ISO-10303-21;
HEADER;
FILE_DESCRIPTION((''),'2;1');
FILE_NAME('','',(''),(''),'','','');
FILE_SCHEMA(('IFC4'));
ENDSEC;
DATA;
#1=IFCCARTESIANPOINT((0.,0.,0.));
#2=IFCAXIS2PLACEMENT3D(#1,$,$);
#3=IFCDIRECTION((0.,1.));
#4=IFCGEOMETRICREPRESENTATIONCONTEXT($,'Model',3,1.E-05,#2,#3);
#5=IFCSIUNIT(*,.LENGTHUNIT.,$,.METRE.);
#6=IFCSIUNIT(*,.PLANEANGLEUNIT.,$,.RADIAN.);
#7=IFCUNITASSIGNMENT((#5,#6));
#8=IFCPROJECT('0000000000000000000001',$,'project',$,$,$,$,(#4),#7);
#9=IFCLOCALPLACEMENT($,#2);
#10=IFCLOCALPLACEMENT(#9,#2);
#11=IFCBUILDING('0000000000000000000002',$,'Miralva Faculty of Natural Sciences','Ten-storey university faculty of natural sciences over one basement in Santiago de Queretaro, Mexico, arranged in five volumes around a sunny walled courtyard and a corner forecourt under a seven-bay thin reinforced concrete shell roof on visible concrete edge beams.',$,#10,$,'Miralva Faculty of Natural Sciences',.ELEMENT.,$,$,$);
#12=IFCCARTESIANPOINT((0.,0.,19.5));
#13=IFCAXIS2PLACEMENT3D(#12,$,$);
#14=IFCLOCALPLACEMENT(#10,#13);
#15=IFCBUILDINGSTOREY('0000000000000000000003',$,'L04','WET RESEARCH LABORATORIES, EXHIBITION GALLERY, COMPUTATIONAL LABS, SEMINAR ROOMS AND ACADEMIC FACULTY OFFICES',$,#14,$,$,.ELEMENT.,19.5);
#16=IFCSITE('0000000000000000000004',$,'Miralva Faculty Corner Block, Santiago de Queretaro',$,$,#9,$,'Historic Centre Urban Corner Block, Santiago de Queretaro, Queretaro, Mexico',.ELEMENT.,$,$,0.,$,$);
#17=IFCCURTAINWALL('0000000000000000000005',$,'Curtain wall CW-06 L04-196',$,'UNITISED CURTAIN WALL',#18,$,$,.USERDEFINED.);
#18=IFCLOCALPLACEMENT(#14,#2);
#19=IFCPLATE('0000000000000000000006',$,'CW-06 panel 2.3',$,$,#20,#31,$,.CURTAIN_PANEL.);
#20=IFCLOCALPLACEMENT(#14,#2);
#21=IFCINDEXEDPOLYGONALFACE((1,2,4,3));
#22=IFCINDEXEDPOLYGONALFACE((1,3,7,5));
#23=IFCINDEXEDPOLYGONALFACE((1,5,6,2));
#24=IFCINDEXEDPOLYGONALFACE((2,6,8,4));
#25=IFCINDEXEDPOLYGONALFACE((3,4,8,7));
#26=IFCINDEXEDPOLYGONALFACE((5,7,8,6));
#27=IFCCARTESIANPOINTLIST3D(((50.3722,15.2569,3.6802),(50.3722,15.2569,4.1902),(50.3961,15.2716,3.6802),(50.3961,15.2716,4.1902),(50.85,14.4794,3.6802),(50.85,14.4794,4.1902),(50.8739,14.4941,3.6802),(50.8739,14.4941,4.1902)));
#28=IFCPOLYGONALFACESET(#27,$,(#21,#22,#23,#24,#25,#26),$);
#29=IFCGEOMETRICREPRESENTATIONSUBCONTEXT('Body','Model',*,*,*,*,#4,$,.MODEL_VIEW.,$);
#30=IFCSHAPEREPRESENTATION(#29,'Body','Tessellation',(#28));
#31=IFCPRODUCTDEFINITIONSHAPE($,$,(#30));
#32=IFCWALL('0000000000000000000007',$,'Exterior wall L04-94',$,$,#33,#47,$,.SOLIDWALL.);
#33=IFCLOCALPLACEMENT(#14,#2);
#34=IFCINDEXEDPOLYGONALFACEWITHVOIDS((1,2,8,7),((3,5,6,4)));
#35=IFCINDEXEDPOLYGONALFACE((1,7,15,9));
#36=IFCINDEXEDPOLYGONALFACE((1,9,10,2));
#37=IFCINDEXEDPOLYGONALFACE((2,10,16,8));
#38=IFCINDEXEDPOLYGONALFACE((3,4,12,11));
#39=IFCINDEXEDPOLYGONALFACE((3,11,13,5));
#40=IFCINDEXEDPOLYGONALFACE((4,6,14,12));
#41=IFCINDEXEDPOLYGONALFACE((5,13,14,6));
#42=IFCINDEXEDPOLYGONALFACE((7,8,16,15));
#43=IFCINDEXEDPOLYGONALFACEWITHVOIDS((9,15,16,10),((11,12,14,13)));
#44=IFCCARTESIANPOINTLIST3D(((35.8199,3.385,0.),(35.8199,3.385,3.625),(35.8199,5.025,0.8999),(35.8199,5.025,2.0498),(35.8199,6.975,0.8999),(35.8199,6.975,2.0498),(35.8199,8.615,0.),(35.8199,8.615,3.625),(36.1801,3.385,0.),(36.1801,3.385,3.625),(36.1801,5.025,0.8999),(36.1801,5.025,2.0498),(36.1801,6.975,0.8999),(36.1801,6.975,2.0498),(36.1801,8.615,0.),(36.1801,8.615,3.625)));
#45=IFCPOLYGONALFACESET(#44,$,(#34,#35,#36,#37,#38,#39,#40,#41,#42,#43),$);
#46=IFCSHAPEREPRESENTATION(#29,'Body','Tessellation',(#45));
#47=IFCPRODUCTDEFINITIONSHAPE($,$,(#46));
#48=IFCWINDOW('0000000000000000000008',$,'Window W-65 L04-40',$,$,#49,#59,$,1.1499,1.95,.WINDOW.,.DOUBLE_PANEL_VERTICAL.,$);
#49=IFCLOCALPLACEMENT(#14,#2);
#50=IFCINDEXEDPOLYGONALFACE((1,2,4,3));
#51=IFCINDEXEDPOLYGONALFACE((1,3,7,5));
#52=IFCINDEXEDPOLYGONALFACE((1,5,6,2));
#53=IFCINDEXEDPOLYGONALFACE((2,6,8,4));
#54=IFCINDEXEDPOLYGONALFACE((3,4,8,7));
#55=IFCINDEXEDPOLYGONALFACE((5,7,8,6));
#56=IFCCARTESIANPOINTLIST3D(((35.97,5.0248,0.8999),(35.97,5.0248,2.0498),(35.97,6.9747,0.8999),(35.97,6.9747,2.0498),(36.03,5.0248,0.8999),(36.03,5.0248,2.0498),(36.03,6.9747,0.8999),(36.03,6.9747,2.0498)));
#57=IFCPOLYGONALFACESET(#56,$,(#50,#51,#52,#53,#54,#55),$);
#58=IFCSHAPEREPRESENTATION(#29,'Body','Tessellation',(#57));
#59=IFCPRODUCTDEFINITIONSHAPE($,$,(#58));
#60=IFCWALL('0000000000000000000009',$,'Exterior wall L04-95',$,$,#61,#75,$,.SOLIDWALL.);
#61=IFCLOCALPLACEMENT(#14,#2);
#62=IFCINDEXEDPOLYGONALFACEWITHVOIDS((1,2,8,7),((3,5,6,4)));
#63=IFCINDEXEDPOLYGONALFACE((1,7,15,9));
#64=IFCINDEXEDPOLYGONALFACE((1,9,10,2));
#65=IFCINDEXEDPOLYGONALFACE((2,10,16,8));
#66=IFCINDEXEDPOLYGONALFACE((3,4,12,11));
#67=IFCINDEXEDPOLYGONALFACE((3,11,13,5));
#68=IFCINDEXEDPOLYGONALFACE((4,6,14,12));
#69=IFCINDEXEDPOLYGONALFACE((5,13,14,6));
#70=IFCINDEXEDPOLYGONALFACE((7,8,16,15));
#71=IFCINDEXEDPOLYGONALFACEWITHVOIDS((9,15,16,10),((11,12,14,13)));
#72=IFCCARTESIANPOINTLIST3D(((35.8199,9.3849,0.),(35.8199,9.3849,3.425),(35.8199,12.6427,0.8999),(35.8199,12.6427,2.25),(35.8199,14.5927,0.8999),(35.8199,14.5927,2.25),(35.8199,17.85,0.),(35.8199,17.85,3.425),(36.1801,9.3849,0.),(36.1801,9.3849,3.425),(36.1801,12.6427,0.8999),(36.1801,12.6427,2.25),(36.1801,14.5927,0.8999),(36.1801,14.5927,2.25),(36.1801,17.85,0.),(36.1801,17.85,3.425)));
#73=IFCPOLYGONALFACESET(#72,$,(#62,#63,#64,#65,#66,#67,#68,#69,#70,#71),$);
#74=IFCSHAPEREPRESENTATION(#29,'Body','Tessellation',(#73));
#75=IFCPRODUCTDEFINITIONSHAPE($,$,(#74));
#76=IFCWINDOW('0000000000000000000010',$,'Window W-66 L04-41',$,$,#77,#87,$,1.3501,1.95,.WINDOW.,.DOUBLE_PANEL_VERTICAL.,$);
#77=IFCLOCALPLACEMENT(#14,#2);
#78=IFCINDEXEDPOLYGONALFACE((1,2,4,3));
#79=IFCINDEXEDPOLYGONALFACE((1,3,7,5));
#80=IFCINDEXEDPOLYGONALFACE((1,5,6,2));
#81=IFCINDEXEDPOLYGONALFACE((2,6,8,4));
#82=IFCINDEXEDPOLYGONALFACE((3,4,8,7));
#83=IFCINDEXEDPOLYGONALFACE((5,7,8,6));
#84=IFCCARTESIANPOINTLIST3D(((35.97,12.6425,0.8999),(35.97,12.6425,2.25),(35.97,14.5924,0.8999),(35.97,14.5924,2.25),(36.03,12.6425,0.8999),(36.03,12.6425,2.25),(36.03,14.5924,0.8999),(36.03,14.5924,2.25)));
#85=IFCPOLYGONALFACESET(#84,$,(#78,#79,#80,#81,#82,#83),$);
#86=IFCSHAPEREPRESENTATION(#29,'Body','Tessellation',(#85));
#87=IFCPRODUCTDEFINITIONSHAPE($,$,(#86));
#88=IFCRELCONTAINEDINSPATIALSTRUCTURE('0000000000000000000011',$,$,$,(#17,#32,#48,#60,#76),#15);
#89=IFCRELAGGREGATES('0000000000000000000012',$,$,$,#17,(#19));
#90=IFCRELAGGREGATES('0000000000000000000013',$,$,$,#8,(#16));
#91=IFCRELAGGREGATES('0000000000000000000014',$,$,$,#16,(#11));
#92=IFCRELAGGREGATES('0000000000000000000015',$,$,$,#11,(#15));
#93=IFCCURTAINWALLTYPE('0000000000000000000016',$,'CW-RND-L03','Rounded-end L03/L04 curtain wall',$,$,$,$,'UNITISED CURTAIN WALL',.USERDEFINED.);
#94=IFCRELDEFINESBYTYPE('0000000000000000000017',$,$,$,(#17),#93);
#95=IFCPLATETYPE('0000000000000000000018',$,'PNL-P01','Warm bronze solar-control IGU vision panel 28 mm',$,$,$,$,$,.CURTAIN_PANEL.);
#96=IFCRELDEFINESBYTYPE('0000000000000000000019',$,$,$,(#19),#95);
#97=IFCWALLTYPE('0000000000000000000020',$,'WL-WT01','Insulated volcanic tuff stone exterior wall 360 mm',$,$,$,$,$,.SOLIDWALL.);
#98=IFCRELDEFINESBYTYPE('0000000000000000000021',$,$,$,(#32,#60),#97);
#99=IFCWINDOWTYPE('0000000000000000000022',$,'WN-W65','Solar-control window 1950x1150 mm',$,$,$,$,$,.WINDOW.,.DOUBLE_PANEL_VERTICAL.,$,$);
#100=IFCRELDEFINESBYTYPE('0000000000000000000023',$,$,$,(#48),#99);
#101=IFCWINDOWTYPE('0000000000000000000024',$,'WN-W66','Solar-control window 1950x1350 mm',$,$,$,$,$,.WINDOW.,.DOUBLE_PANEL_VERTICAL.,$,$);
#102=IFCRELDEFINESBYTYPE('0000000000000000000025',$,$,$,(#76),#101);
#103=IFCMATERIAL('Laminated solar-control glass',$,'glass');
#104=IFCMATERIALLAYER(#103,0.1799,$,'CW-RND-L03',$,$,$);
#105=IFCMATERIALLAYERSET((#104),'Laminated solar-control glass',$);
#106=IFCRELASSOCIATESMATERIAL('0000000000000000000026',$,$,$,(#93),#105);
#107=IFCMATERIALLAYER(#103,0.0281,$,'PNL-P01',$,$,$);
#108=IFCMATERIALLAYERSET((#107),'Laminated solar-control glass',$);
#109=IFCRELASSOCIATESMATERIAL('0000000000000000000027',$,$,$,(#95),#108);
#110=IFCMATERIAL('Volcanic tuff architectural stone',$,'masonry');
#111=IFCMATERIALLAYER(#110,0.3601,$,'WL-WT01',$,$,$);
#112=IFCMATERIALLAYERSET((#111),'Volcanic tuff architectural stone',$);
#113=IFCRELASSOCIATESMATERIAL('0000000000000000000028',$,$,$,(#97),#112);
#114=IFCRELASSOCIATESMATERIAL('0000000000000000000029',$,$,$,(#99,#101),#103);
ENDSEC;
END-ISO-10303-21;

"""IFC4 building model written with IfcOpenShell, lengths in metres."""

from ifc_helpers import new_model, si_unit, direction, frame, frame_2d, origin, origin_2d, place, context, subcontext, project, spatial, rectangle, extrude, material, layer, layer_set, type_object, element, fill, aggregate, save


model = new_model("IFC4")

# Units and contexts
model_context = context("Model", 3, precision=1e-05, world=origin(), true_north=direction((0.0, 1.0)))
body_context = subcontext(model_context, "Body", "Model", "MODEL_VIEW")
ifc_project = project(units=[si_unit("LENGTHUNIT", "METRE"), si_unit("PLANEANGLEUNIT", "RADIAN")], contexts=[model_context])

# Site, building, storey
site_placement = place(None, origin())
site = spatial("IfcSite", under=ifc_project, at=site_placement, Name="Miralva Faculty Corner Block, Santiago de Queretaro", LongName="Historic Centre Urban Corner Block, Santiago de Queretaro, Queretaro, Mexico", CompositionType="ELEMENT", RefElevation=0.0)
building_placement = place(site_placement, origin())
building = spatial("IfcBuilding", under=site, at=building_placement, Name="Miralva Faculty of Natural Sciences", Description="Ten-storey university faculty of natural sciences over one basement in Santiago de Queretaro, Mexico, arranged in five volumes around a sunny walled courtyard and a corner forecourt under a seven-bay thin reinforced concrete shell roof on visible concrete edge beams.", LongName="Miralva Faculty of Natural Sciences", CompositionType="ELEMENT")
storey_placement = place(building_placement, frame((0.0, 0.0, 19.5)))
storey = spatial("IfcBuildingStorey", under=building, at=storey_placement, Name="L04", Description="WET RESEARCH LABORATORIES, EXHIBITION GALLERY, COMPUTATIONAL LABS, SEMINAR ROOMS AND ACADEMIC FACULTY OFFICES", CompositionType="ELEMENT", Elevation=19.5)

# Shared definitions
ifc_material_1 = material(Name="Laminated solar-control glass", Category="glass")
ifc_layer_1 = layer(ifc_material_1, 0.1799, Name="CW-RND-L03")
ifc_layer_set_1 = layer_set([ifc_layer_1], Name="Laminated solar-control glass")
curtain_wall_type_1 = type_object("IfcCurtainWallType", Name="CW-RND-L03", Description="Rounded-end L03/L04 curtain wall", ElementType="UNITISED CURTAIN WALL", PredefinedType="USERDEFINED", material=ifc_layer_set_1)

# Curtain wall
curtain_wall_1_placement = place(storey_placement, origin())
curtain_wall_1 = element("IfcCurtainWall", 1, at=curtain_wall_1_placement, inside=storey, type_object=curtain_wall_type_1, Name="Curtain wall CW-06 L04-196", ObjectType="UNITISED CURTAIN WALL", PredefinedType="USERDEFINED")

# Plate
ifc_layer_2 = layer(ifc_material_1, 0.0281, Name="PNL-P01")
ifc_layer_set_2 = layer_set([ifc_layer_2], Name="Laminated solar-control glass")
plate_type = type_object("IfcPlateType", Name="PNL-P01", Description="Warm bronze solar-control IGU vision panel 28 mm", PredefinedType="CURTAIN_PANEL", material=ifc_layer_set_2)
plate_1_placement = place(storey_placement, frame((50.623, 14.8755, 3.6802), z_axis=(0.0, 0.0, 1.0), x_axis=(0.523551, -0.851995, 0.0)))
plate_1 = element("IfcPlate", 2, at=plate_1_placement, type_object=plate_type, Name="CW-06 panel 2.3", PredefinedType="CURTAIN_PANEL", context=body_context, shape_type="SweptSolid", body=[
    extrude(rectangle(XDim=0.9126, YDim=0.0281, at=origin_2d()), origin(), (0.0, 0.0, 1.0), 0.51),
])
aggregate(curtain_wall_1, [plate_1])

# Walls, openings, windows
ifc_material_2 = material(Name="Volcanic tuff architectural stone", Category="masonry")
ifc_layer_3 = layer(ifc_material_2, 0.3601, Name="WL-WT01")
ifc_layer_set_3 = layer_set([ifc_layer_3], Name="Volcanic tuff architectural stone")
wall_type = type_object("IfcWallType", Name="WL-WT01", Description="Insulated volcanic tuff stone exterior wall 360 mm", PredefinedType="SOLIDWALL", material=ifc_layer_set_3)
wall_1_placement = place(storey_placement, frame((36.0, 3.385, 0.0), z_axis=(0.0, 0.0, 1.0), x_axis=(0.0, 1.0, 0.0)))
wall_1 = element("IfcWall", 3, at=wall_1_placement, inside=storey, type_object=wall_type, Name="Exterior wall L04-94", PredefinedType="SOLIDWALL", context=body_context, shape_type="SweptSolid", body=[
    extrude(rectangle(XDim=5.23, YDim=0.3601, at=frame_2d((2.615, 0.0))), origin(), (0.0, 0.0, 1.0), 3.625),
])
opening_1_placement = place(wall_1_placement, frame((1.6399, 0.0, 0.8999)))
opening_1 = element("IfcOpeningElement", 4, at=opening_1_placement, cuts=wall_1, PredefinedType="OPENING", context=body_context, shape_type="SweptSolid", body=[
    extrude(rectangle(XDim=1.95, YDim=1.1499, at=frame_2d((0.9751, 0.575))), frame((0.0, 0.1899, 0.0), z_axis=(0.0, -1.0, 0.0), x_axis=(1.0, 0.0, 0.0)), (0.0, 0.0, 1.0), 0.3801),
])
window_type_1 = type_object("IfcWindowType", Name="WN-W65", Description="Solar-control window 1950x1150 mm", PartitioningType="DOUBLE_PANEL_VERTICAL", PredefinedType="WINDOW", material=ifc_material_1)
window_1_placement = place(opening_1_placement, frame((1.95, 0.0, 0.0), z_axis=(0.0, 0.0, 1.0), x_axis=(-1.0, 0.0, 0.0)))
window_1 = element("IfcWindow", 5, at=window_1_placement, inside=storey, type_object=window_type_1, Name="Window W-65 L04-40", OverallHeight=1.1499, OverallWidth=1.95, PartitioningType="DOUBLE_PANEL_VERTICAL", PredefinedType="WINDOW", context=body_context, shape_type="SweptSolid", body=[
    extrude(rectangle(XDim=1.95, YDim=1.1499, at=frame_2d((0.9751, 0.575))), frame((0.0, 0.03, 0.0), z_axis=(0.0, -1.0, 0.0), x_axis=(1.0, 0.0, 0.0)), (0.0, 0.0, 1.0), 0.0601),
])
fill(opening_1, window_1)
wall_2_placement = place(storey_placement, frame((36.0, 9.385, 0.0), z_axis=(0.0, 0.0, 1.0), x_axis=(0.0, 1.0, 0.0)))
wall_2 = element("IfcWall", 6, at=wall_2_placement, inside=storey, type_object=wall_type, Name="Exterior wall L04-95", PredefinedType="SOLIDWALL", context=body_context, shape_type="SweptSolid", body=[
    extrude(rectangle(XDim=8.4651, YDim=0.3601, at=frame_2d((4.2324, 0.0))), origin(), (0.0, 0.0, 1.0), 3.425),
])
opening_2_placement = place(wall_2_placement, frame((3.2576, 0.0, 0.8999)))
opening_2 = element("IfcOpeningElement", 7, at=opening_2_placement, cuts=wall_2, PredefinedType="OPENING", context=body_context, shape_type="SweptSolid", body=[
    extrude(rectangle(XDim=1.95, YDim=1.3501, at=frame_2d((0.9751, 0.675))), frame((0.0, 0.1899, 0.0), z_axis=(0.0, -1.0, 0.0), x_axis=(1.0, 0.0, 0.0)), (0.0, 0.0, 1.0), 0.3801),
])
window_type_2 = type_object("IfcWindowType", Name="WN-W66", Description="Solar-control window 1950x1350 mm", PartitioningType="DOUBLE_PANEL_VERTICAL", PredefinedType="WINDOW", material=ifc_material_1)
window_2_placement = place(opening_2_placement, frame((1.95, 0.0, 0.0), z_axis=(0.0, 0.0, 1.0), x_axis=(-1.0, 0.0, 0.0)))
window_2 = element("IfcWindow", 8, at=window_2_placement, inside=storey, type_object=window_type_2, Name="Window W-66 L04-41", OverallHeight=1.3501, OverallWidth=1.95, PartitioningType="DOUBLE_PANEL_VERTICAL", PredefinedType="WINDOW", context=body_context, shape_type="SweptSolid", body=[
    extrude(rectangle(XDim=1.95, YDim=1.3501, at=frame_2d((0.9751, 0.675))), frame((0.0, 0.03, 0.0), z_axis=(0.0, -1.0, 0.0), x_axis=(1.0, 0.0, 0.0)), (0.0, 0.0, 1.0), 0.0601),
])
fill(opening_2, window_2)

save(model, "model.ifc")
